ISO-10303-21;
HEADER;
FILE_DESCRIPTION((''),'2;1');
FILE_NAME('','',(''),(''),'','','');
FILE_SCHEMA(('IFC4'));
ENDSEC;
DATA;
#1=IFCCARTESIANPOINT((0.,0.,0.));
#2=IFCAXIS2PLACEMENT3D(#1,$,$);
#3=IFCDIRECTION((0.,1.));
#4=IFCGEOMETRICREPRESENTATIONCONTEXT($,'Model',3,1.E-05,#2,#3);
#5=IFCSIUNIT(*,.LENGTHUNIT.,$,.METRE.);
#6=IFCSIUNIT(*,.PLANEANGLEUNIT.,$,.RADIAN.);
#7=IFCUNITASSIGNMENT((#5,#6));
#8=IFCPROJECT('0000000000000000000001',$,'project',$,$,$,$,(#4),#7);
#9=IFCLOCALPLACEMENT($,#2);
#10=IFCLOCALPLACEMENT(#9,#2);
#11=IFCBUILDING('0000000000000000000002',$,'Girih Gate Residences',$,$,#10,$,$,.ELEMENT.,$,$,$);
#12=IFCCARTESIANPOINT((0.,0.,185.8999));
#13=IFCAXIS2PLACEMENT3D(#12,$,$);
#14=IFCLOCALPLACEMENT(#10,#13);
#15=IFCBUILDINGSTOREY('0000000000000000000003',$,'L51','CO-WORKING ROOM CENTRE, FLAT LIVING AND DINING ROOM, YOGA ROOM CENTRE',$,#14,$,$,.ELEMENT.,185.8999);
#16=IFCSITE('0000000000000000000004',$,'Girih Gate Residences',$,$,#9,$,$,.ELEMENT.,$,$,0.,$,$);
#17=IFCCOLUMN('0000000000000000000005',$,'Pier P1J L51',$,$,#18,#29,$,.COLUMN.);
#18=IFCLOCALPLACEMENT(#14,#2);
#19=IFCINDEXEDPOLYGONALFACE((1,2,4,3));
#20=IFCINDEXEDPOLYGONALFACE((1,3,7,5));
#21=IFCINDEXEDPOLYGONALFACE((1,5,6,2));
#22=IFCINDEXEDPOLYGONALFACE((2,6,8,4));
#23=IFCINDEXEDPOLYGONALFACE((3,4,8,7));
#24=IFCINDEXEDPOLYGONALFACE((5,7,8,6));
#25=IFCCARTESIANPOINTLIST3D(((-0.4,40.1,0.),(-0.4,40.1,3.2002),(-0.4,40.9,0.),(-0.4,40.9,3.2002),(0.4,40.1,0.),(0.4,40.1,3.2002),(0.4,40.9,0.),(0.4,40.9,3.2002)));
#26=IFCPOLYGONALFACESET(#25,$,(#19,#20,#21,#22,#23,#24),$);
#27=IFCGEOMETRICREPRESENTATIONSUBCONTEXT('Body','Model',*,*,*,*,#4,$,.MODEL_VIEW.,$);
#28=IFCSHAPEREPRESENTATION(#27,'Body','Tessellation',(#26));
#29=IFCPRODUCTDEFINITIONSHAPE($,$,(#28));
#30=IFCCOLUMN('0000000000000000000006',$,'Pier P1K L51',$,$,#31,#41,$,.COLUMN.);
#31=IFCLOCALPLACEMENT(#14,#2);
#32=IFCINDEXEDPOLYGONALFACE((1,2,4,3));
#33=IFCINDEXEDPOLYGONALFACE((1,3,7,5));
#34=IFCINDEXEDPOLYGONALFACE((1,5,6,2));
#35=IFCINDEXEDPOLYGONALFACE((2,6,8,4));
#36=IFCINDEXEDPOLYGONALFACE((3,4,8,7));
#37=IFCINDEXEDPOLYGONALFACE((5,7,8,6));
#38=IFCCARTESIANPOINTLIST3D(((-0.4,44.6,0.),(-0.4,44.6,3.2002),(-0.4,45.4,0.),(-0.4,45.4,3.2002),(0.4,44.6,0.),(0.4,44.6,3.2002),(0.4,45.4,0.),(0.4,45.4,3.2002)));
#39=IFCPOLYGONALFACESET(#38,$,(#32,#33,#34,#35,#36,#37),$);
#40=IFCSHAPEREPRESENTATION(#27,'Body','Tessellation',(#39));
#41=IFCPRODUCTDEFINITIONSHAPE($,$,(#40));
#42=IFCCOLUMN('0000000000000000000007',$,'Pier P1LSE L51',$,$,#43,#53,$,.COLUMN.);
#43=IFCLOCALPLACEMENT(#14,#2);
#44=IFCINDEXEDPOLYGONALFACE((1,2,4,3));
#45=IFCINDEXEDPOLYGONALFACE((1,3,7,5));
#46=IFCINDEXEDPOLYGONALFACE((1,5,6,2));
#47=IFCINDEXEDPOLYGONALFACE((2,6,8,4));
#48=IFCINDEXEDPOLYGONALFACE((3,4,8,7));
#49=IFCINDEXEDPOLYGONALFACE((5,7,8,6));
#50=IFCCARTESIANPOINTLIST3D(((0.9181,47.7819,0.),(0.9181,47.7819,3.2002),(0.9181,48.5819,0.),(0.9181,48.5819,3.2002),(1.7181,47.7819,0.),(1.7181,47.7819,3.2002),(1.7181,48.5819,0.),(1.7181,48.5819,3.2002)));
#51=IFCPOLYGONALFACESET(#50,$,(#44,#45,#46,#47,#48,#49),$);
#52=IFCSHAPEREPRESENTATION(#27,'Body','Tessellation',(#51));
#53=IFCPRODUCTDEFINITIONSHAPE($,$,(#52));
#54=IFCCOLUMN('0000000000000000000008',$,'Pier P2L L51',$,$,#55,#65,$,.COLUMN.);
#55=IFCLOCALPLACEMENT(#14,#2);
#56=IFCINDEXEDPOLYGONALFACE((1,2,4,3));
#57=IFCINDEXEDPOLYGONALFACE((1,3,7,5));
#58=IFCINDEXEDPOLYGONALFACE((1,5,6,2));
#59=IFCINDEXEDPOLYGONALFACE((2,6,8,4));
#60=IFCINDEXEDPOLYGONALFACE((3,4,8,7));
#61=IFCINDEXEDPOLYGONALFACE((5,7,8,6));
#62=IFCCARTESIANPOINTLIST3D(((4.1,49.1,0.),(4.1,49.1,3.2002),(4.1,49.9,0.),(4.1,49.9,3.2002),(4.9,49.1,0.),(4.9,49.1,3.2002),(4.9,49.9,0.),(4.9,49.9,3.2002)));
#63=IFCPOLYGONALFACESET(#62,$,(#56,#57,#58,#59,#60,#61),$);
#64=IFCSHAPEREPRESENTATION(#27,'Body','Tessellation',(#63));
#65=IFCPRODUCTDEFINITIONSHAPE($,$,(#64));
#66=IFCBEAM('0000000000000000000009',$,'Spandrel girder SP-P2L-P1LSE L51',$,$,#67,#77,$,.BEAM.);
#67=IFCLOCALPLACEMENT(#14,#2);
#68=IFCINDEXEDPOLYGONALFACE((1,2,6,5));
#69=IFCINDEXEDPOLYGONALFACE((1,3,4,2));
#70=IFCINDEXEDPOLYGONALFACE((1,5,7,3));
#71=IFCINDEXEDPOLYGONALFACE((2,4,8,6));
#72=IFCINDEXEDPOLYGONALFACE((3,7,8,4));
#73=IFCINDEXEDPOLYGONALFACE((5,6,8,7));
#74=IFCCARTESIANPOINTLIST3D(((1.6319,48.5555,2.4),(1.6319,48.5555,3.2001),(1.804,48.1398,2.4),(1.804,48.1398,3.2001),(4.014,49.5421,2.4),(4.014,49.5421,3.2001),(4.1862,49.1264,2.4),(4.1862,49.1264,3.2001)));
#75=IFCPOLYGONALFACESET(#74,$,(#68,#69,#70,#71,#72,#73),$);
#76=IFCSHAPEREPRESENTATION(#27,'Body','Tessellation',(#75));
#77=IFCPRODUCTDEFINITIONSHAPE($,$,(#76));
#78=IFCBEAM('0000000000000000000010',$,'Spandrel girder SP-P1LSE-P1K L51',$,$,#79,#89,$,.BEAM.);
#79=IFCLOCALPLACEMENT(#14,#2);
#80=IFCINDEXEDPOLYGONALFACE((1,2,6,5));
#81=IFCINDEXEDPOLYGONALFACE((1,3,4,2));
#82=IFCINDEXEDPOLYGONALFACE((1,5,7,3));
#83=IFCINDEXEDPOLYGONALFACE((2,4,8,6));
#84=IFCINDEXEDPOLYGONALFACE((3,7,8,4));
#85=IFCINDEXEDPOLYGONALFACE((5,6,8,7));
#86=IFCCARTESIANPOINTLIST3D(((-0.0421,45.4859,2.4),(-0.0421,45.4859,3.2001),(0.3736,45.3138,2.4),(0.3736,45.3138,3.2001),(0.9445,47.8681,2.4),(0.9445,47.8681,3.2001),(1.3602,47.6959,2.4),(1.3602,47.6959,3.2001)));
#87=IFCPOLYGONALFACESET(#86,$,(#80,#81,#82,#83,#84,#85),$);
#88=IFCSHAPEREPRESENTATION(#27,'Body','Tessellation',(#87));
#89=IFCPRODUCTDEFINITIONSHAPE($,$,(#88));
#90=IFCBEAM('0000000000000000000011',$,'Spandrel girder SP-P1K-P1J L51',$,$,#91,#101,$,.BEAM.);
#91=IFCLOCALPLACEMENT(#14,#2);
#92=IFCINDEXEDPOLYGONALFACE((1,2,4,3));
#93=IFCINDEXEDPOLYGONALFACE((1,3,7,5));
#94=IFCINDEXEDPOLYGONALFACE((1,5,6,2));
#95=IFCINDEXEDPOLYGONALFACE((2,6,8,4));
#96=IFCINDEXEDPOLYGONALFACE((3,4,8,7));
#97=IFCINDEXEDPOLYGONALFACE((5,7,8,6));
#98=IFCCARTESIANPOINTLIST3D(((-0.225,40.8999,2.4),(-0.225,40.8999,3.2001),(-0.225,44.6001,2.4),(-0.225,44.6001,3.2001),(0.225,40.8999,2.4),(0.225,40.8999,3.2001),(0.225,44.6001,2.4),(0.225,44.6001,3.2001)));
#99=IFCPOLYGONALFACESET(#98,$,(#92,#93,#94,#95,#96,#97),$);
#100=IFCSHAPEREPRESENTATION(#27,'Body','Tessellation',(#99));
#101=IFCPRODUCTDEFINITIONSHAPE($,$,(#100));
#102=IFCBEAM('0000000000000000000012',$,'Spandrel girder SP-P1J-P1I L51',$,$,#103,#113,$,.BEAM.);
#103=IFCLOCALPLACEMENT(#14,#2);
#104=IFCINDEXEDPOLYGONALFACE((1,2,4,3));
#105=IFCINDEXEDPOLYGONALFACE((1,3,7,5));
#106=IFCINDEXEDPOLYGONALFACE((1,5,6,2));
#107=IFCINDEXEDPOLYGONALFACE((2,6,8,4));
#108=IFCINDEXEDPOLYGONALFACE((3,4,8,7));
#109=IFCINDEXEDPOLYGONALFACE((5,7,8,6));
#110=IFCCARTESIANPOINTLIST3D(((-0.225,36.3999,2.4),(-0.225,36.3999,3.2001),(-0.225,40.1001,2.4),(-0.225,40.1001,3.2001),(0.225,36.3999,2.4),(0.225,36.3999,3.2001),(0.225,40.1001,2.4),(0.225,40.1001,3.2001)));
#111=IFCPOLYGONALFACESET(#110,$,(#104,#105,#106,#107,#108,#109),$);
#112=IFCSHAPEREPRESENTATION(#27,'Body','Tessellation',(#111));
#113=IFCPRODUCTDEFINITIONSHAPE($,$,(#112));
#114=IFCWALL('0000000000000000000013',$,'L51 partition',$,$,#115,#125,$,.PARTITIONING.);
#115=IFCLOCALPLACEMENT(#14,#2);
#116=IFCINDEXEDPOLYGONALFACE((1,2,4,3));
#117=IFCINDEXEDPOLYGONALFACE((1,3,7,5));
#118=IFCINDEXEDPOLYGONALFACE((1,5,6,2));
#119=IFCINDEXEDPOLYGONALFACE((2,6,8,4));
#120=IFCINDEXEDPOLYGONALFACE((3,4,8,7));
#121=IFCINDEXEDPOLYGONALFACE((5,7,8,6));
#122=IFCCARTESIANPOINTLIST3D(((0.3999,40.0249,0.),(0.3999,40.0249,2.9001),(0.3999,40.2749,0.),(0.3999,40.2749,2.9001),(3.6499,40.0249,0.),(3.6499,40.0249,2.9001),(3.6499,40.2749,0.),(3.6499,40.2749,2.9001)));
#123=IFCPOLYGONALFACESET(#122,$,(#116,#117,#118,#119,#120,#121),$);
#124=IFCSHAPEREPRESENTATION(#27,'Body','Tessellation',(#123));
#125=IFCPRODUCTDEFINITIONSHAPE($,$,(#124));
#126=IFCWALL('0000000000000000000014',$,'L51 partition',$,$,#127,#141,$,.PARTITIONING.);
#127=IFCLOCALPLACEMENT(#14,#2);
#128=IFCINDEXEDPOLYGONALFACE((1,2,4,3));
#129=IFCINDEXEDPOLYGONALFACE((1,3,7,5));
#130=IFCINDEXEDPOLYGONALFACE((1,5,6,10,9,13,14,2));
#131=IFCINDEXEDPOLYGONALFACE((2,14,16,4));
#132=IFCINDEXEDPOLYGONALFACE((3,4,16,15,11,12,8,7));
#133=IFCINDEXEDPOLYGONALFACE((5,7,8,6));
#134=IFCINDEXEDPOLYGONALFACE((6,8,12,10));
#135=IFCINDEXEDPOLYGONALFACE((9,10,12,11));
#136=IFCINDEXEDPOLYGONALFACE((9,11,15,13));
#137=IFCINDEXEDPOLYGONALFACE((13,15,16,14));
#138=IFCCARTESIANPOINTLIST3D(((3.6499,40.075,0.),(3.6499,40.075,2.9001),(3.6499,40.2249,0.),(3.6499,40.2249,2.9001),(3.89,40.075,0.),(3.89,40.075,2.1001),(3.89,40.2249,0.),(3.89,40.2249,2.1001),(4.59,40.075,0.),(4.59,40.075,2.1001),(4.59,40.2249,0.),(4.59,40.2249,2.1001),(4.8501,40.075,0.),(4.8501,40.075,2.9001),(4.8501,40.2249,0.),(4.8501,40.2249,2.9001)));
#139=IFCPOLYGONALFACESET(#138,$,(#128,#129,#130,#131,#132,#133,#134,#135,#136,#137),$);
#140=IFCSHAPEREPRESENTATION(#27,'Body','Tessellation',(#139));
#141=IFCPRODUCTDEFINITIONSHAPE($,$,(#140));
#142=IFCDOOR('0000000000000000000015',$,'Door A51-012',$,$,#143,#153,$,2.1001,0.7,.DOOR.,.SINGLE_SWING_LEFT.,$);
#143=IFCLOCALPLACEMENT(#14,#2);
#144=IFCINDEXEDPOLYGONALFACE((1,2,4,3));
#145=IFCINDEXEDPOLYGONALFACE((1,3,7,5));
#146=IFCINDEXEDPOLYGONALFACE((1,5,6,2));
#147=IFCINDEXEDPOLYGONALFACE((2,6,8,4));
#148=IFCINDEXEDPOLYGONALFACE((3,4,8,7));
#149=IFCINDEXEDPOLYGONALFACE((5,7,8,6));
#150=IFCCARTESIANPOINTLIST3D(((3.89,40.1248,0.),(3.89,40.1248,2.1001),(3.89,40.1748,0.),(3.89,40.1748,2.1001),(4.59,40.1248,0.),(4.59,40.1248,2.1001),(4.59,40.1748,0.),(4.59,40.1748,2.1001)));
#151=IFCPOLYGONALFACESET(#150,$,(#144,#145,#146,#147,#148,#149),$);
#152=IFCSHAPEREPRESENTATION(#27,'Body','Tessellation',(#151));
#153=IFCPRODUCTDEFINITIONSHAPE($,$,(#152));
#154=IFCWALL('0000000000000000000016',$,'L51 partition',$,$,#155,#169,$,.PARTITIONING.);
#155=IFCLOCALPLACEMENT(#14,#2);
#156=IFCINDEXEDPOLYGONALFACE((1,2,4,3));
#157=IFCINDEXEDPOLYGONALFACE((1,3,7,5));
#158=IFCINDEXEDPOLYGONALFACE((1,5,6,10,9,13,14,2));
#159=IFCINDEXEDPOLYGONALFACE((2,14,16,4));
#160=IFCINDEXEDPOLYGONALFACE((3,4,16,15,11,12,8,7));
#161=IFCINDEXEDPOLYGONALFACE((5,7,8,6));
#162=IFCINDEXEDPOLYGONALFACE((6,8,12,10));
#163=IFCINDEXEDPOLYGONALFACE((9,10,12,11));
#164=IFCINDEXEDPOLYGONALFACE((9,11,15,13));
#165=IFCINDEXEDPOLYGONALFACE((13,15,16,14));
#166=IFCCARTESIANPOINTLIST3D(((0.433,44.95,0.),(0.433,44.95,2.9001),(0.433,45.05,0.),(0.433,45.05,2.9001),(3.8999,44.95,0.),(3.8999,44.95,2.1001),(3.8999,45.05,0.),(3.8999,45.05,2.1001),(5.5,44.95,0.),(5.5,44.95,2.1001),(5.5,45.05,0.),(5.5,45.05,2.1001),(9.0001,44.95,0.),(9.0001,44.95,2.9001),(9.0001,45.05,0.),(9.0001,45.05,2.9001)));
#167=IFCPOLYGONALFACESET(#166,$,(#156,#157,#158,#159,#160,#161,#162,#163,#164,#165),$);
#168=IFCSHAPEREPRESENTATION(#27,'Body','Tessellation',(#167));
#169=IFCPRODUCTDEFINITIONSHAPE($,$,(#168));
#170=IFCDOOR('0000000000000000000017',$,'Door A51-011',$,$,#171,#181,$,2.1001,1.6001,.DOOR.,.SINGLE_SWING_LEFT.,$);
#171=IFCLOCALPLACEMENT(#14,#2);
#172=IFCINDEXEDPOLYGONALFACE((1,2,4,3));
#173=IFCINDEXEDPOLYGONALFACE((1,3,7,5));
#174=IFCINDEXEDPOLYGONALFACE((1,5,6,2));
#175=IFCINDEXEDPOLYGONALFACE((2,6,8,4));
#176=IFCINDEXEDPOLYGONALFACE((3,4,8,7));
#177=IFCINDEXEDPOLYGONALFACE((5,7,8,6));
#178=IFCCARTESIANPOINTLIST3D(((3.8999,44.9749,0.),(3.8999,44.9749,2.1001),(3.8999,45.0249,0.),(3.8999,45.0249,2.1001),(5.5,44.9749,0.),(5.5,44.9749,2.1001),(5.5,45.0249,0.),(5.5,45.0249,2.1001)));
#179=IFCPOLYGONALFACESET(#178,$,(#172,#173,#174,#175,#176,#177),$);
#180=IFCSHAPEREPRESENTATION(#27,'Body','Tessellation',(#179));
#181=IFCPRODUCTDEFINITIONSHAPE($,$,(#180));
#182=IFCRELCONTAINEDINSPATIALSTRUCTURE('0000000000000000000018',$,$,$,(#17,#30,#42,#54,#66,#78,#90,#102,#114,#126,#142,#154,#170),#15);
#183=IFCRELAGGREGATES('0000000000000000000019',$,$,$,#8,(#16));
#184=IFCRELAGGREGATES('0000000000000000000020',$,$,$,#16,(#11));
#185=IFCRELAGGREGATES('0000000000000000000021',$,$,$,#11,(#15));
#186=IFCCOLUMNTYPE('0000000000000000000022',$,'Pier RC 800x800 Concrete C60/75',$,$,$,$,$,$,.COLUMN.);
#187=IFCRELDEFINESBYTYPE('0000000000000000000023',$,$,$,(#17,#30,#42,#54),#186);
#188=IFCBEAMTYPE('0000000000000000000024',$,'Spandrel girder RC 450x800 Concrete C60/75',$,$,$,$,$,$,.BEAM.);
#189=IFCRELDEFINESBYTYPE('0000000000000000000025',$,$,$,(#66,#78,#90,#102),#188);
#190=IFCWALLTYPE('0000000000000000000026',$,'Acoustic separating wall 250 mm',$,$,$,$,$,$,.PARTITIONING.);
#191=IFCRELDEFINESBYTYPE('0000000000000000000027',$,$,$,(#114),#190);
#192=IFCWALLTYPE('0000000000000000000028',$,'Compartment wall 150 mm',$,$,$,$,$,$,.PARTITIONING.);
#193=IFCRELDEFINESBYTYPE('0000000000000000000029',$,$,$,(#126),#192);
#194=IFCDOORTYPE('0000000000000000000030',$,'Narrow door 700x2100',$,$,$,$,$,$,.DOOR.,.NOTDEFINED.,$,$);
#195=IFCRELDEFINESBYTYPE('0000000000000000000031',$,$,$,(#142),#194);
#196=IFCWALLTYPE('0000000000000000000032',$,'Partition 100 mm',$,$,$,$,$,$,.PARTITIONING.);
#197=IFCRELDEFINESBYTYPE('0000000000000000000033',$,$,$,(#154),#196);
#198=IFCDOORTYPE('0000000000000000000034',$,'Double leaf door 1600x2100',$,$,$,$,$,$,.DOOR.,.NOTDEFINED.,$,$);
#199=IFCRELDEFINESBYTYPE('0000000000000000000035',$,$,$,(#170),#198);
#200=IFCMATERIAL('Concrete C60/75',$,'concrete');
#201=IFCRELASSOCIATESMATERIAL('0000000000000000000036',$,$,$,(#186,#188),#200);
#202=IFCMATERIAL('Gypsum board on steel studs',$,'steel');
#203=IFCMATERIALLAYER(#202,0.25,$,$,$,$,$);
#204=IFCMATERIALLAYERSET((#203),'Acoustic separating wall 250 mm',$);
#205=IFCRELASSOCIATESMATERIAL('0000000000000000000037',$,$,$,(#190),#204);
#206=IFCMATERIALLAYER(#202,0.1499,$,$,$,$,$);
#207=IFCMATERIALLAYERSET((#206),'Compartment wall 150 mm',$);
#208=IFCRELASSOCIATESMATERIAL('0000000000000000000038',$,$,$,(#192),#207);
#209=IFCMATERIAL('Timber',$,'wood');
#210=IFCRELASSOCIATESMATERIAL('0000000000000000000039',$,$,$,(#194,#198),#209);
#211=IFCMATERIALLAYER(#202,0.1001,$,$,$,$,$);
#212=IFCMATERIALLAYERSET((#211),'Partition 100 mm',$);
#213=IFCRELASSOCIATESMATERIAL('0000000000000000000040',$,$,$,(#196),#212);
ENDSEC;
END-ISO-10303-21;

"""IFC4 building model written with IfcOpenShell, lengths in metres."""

from ifc_helpers import new_model, si_unit, direction, frame, frame_2d, origin, origin_2d, place, context, subcontext, project, spatial, rectangle, extrude, material, layer, layer_set, material_profile, profile_set, type_object, element, fill, save


model = new_model("IFC4")

# Units and contexts
model_context = context("Model", 3, precision=1e-05, world=origin(), true_north=direction((0.0, 1.0)))
body_context = subcontext(model_context, "Body", "Model", "MODEL_VIEW")
ifc_project = project(units=[si_unit("LENGTHUNIT", "METRE"), si_unit("PLANEANGLEUNIT", "RADIAN")], contexts=[model_context])

# Site, building, storey
site_placement = place(None, origin())
site = spatial("IfcSite", under=ifc_project, at=site_placement, Name="Girih Gate Residences", CompositionType="ELEMENT", RefElevation=0.0)
building_placement = place(site_placement, origin())
building = spatial("IfcBuilding", under=site, at=building_placement, Name="Girih Gate Residences", CompositionType="ELEMENT")
storey_placement = place(building_placement, frame((0.0, 0.0, 185.8999)))
storey = spatial("IfcBuildingStorey", under=building, at=storey_placement, Name="L51", Description="CO-WORKING ROOM CENTRE, FLAT LIVING AND DINING ROOM, YOGA ROOM CENTRE", CompositionType="ELEMENT", Elevation=185.8999)

# Columns
ifc_material_1 = material(Name="Concrete C60/75", Category="concrete")
ifc_material_profile_1 = material_profile(ifc_material_1, rectangle(XDim=0.8, YDim=0.8, at=origin_2d()))
ifc_profile_set_1 = profile_set([ifc_material_profile_1], Name="Concrete C60/75")
column_type = type_object("IfcColumnType", Name="Pier RC 800x800 Concrete C60/75", PredefinedType="COLUMN", material=ifc_profile_set_1)
for number, where, z_axis, x_axis, name in (
    (1, (0.0, 40.5, 0.0), (0.0, 0.0, 1.0), (1.0, 0.0, 0.0), "Pier P1J L51"),
    (2, (0.0, 45.0, 0.0), (0.0, 0.0, 1.0), (1.0, 0.0, 0.0), "Pier P1K L51"),
    (3, (1.3181, 48.1819, 0.0), (0.0, 0.0, 1.0), (1.0, 0.0, 0.0), "Pier P1LSE L51"),
    (4, (4.5, 49.5, 0.0), (0.0, 0.0, 1.0), (1.0, 0.0, 0.0), "Pier P2L L51"),
):
    element("IfcColumn", number, at=place(storey_placement, frame(where, z_axis=z_axis, x_axis=x_axis)), inside=storey, type_object=column_type, Name=name, PredefinedType="COLUMN", context=body_context, shape_type="SweptSolid", body=[
        extrude(rectangle(XDim=0.8, YDim=0.8, at=origin_2d()), origin(), (0.0, 0.0, 1.0), 3.2002),
    ])

# Beams
ifc_material_profile_2 = material_profile(ifc_material_1, rectangle(XDim=0.45, YDim=0.8, at=origin_2d()))
ifc_profile_set_2 = profile_set([ifc_material_profile_2], Name="Concrete C60/75")
beam_type = type_object("IfcBeamType", Name="Spandrel girder RC 450x800 Concrete C60/75", PredefinedType="BEAM", material=ifc_profile_set_2)
for number, where, z_axis, x_axis, name in (
    (5, (4.1001, 49.3342, 2.8), (-0.923896, -0.382644, 0.0), (0.382644, -0.923896, 0.0), "Spandrel girder SP-P2L-P1LSE L51"),
    (6, (1.1523, 47.782, 2.8), (-0.382644, -0.923896, 0.0), (0.923896, -0.382644, 0.0), "Spandrel girder SP-P1LSE-P1K L51"),
):
    element("IfcBeam", number, at=place(storey_placement, frame(where, z_axis=z_axis, x_axis=x_axis)), inside=storey, type_object=beam_type, Name=name, PredefinedType="BEAM", context=body_context, shape_type="SweptSolid", body=[
        extrude(rectangle(XDim=0.45, YDim=0.8, at=origin_2d()), origin(), (0.0, 0.0, 1.0), 2.5784),
    ])
for number, where, z_axis, x_axis, name in (
    (7, (0.0, 44.6001, 2.8), (0.0, -1.0, 0.0), (1.0, 0.0, 0.0), "Spandrel girder SP-P1K-P1J L51"),
    (8, (0.0, 40.1001, 2.8), (0.0, -1.0, 0.0), (1.0, 0.0, 0.0), "Spandrel girder SP-P1J-P1I L51"),
):
    element("IfcBeam", number, at=place(storey_placement, frame(where, z_axis=z_axis, x_axis=x_axis)), inside=storey, type_object=beam_type, Name=name, PredefinedType="BEAM", context=body_context, shape_type="SweptSolid", body=[
        extrude(rectangle(XDim=0.45, YDim=0.8, at=origin_2d()), origin(), (0.0, 0.0, 1.0), 3.7002),
    ])

# Wall
ifc_material_2 = material(Name="Gypsum board on steel studs", Category="steel")
ifc_layer_1 = layer(ifc_material_2, 0.25)
ifc_layer_set_1 = layer_set([ifc_layer_1], Name="Acoustic separating wall 250 mm")
wall_type_1 = type_object("IfcWallType", Name="Acoustic separating wall 250 mm", PredefinedType="PARTITIONING", material=ifc_layer_set_1)
wall_1_placement = place(storey_placement, frame((0.3999, 40.1499, 0.0), z_axis=(0.0, 0.0, 1.0), x_axis=(1.0, 0.0, 0.0)))
element("IfcWall", 9, at=wall_1_placement, inside=storey, type_object=wall_type_1, Name="L51 partition", PredefinedType="PARTITIONING", context=body_context, shape_type="SweptSolid", body=[
    extrude(rectangle(XDim=3.25, YDim=0.25, at=frame_2d((1.625, 0.0))), origin(), (0.0, 0.0, 1.0), 2.9001),
])

# Walls, openings, doors
ifc_layer_2 = layer(ifc_material_2, 0.1499)
ifc_layer_set_2 = layer_set([ifc_layer_2], Name="Compartment wall 150 mm")
wall_type_2 = type_object("IfcWallType", Name="Compartment wall 150 mm", PredefinedType="PARTITIONING", material=ifc_layer_set_2)
wall_2_placement = place(storey_placement, frame((3.6499, 40.1499, 0.0), z_axis=(0.0, 0.0, 1.0), x_axis=(1.0, 0.0, 0.0)))
wall_2 = element("IfcWall", 10, at=wall_2_placement, inside=storey, type_object=wall_type_2, Name="L51 partition", PredefinedType="PARTITIONING", context=body_context, shape_type="SweptSolid", body=[
    extrude(rectangle(XDim=1.2002, YDim=0.1499, at=frame_2d((0.6001, 0.0))), origin(), (0.0, 0.0, 1.0), 2.9001),
])
opening_1_placement = place(wall_2_placement, frame((0.24, 0.0, 0.0)))
opening_1 = element("IfcOpeningElement", 11, at=opening_1_placement, cuts=wall_2, PredefinedType="OPENING", context=body_context, shape_type="SweptSolid", body=[
    extrude(rectangle(XDim=0.7, YDim=2.1001, at=frame_2d((0.3501, 1.05))), frame((0.0, 0.085, 0.0), z_axis=(0.0, -1.0, 0.0), x_axis=(1.0, 0.0, 0.0)), (0.0, 0.0, 1.0), 0.1699),
])
ifc_material_3 = material(Name="Timber", Category="wood")
door_type_1 = type_object("IfcDoorType", Name="Narrow door 700x2100", OperationType="NOTDEFINED", PredefinedType="DOOR", material=ifc_material_3)
door_1_placement = place(opening_1_placement, origin())
door_1 = element("IfcDoor", 12, at=door_1_placement, inside=storey, type_object=door_type_1, Name="Door A51-012", OperationType="SINGLE_SWING_LEFT", OverallHeight=2.1001, OverallWidth=0.7, PredefinedType="DOOR", context=body_context, shape_type="SweptSolid", body=[
    extrude(rectangle(XDim=0.7, YDim=2.1001, at=frame_2d((0.3501, 1.05))), frame((0.0, 0.0249, 0.0), z_axis=(0.0, -1.0, 0.0), x_axis=(1.0, 0.0, 0.0)), (0.0, 0.0, 1.0), 0.05),
])
fill(opening_1, door_1)
ifc_layer_3 = layer(ifc_material_2, 0.1001)
ifc_layer_set_3 = layer_set([ifc_layer_3], Name="Partition 100 mm")
wall_type_3 = type_object("IfcWallType", Name="Partition 100 mm", PredefinedType="PARTITIONING", material=ifc_layer_set_3)
wall_3_placement = place(storey_placement, frame((0.4329, 45.0, 0.0), z_axis=(0.0, 0.0, 1.0), x_axis=(1.0, 0.0, 0.0)))
wall_3 = element("IfcWall", 13, at=wall_3_placement, inside=storey, type_object=wall_type_3, Name="L51 partition", PredefinedType="PARTITIONING", context=body_context, shape_type="SweptSolid", body=[
    extrude(rectangle(XDim=8.5671, YDim=0.1001, at=frame_2d((4.2837, 0.0))), origin(), (0.0, 0.0, 1.0), 2.9001),
])
opening_2_placement = place(wall_3_placement, frame((3.467, 0.0, 0.0)))
opening_2 = element("IfcOpeningElement", 14, at=opening_2_placement, cuts=wall_3, PredefinedType="OPENING", context=body_context, shape_type="SweptSolid", body=[
    extrude(rectangle(XDim=1.6001, YDim=2.1001, at=frame_2d((0.8, 1.05))), frame((0.0, 0.0601, 0.0), z_axis=(0.0, -1.0, 0.0), x_axis=(1.0, 0.0, 0.0)), (0.0, 0.0, 1.0), 0.1201),
])
door_type_2 = type_object("IfcDoorType", Name="Double leaf door 1600x2100", OperationType="NOTDEFINED", PredefinedType="DOOR", material=ifc_material_3)
door_2_placement = place(opening_2_placement, origin())
door_2 = element("IfcDoor", 15, at=door_2_placement, inside=storey, type_object=door_type_2, Name="Door A51-011", OperationType="SINGLE_SWING_LEFT", OverallHeight=2.1001, OverallWidth=1.6001, PredefinedType="DOOR", context=body_context, shape_type="SweptSolid", body=[
    extrude(rectangle(XDim=1.6001, YDim=2.1001, at=frame_2d((0.8, 1.05))), frame((0.0, 0.0249, 0.0), z_axis=(0.0, -1.0, 0.0), x_axis=(1.0, 0.0, 0.0)), (0.0, 0.0, 1.0), 0.05),
])
fill(opening_2, door_2)

save(model, "model.ifc")
